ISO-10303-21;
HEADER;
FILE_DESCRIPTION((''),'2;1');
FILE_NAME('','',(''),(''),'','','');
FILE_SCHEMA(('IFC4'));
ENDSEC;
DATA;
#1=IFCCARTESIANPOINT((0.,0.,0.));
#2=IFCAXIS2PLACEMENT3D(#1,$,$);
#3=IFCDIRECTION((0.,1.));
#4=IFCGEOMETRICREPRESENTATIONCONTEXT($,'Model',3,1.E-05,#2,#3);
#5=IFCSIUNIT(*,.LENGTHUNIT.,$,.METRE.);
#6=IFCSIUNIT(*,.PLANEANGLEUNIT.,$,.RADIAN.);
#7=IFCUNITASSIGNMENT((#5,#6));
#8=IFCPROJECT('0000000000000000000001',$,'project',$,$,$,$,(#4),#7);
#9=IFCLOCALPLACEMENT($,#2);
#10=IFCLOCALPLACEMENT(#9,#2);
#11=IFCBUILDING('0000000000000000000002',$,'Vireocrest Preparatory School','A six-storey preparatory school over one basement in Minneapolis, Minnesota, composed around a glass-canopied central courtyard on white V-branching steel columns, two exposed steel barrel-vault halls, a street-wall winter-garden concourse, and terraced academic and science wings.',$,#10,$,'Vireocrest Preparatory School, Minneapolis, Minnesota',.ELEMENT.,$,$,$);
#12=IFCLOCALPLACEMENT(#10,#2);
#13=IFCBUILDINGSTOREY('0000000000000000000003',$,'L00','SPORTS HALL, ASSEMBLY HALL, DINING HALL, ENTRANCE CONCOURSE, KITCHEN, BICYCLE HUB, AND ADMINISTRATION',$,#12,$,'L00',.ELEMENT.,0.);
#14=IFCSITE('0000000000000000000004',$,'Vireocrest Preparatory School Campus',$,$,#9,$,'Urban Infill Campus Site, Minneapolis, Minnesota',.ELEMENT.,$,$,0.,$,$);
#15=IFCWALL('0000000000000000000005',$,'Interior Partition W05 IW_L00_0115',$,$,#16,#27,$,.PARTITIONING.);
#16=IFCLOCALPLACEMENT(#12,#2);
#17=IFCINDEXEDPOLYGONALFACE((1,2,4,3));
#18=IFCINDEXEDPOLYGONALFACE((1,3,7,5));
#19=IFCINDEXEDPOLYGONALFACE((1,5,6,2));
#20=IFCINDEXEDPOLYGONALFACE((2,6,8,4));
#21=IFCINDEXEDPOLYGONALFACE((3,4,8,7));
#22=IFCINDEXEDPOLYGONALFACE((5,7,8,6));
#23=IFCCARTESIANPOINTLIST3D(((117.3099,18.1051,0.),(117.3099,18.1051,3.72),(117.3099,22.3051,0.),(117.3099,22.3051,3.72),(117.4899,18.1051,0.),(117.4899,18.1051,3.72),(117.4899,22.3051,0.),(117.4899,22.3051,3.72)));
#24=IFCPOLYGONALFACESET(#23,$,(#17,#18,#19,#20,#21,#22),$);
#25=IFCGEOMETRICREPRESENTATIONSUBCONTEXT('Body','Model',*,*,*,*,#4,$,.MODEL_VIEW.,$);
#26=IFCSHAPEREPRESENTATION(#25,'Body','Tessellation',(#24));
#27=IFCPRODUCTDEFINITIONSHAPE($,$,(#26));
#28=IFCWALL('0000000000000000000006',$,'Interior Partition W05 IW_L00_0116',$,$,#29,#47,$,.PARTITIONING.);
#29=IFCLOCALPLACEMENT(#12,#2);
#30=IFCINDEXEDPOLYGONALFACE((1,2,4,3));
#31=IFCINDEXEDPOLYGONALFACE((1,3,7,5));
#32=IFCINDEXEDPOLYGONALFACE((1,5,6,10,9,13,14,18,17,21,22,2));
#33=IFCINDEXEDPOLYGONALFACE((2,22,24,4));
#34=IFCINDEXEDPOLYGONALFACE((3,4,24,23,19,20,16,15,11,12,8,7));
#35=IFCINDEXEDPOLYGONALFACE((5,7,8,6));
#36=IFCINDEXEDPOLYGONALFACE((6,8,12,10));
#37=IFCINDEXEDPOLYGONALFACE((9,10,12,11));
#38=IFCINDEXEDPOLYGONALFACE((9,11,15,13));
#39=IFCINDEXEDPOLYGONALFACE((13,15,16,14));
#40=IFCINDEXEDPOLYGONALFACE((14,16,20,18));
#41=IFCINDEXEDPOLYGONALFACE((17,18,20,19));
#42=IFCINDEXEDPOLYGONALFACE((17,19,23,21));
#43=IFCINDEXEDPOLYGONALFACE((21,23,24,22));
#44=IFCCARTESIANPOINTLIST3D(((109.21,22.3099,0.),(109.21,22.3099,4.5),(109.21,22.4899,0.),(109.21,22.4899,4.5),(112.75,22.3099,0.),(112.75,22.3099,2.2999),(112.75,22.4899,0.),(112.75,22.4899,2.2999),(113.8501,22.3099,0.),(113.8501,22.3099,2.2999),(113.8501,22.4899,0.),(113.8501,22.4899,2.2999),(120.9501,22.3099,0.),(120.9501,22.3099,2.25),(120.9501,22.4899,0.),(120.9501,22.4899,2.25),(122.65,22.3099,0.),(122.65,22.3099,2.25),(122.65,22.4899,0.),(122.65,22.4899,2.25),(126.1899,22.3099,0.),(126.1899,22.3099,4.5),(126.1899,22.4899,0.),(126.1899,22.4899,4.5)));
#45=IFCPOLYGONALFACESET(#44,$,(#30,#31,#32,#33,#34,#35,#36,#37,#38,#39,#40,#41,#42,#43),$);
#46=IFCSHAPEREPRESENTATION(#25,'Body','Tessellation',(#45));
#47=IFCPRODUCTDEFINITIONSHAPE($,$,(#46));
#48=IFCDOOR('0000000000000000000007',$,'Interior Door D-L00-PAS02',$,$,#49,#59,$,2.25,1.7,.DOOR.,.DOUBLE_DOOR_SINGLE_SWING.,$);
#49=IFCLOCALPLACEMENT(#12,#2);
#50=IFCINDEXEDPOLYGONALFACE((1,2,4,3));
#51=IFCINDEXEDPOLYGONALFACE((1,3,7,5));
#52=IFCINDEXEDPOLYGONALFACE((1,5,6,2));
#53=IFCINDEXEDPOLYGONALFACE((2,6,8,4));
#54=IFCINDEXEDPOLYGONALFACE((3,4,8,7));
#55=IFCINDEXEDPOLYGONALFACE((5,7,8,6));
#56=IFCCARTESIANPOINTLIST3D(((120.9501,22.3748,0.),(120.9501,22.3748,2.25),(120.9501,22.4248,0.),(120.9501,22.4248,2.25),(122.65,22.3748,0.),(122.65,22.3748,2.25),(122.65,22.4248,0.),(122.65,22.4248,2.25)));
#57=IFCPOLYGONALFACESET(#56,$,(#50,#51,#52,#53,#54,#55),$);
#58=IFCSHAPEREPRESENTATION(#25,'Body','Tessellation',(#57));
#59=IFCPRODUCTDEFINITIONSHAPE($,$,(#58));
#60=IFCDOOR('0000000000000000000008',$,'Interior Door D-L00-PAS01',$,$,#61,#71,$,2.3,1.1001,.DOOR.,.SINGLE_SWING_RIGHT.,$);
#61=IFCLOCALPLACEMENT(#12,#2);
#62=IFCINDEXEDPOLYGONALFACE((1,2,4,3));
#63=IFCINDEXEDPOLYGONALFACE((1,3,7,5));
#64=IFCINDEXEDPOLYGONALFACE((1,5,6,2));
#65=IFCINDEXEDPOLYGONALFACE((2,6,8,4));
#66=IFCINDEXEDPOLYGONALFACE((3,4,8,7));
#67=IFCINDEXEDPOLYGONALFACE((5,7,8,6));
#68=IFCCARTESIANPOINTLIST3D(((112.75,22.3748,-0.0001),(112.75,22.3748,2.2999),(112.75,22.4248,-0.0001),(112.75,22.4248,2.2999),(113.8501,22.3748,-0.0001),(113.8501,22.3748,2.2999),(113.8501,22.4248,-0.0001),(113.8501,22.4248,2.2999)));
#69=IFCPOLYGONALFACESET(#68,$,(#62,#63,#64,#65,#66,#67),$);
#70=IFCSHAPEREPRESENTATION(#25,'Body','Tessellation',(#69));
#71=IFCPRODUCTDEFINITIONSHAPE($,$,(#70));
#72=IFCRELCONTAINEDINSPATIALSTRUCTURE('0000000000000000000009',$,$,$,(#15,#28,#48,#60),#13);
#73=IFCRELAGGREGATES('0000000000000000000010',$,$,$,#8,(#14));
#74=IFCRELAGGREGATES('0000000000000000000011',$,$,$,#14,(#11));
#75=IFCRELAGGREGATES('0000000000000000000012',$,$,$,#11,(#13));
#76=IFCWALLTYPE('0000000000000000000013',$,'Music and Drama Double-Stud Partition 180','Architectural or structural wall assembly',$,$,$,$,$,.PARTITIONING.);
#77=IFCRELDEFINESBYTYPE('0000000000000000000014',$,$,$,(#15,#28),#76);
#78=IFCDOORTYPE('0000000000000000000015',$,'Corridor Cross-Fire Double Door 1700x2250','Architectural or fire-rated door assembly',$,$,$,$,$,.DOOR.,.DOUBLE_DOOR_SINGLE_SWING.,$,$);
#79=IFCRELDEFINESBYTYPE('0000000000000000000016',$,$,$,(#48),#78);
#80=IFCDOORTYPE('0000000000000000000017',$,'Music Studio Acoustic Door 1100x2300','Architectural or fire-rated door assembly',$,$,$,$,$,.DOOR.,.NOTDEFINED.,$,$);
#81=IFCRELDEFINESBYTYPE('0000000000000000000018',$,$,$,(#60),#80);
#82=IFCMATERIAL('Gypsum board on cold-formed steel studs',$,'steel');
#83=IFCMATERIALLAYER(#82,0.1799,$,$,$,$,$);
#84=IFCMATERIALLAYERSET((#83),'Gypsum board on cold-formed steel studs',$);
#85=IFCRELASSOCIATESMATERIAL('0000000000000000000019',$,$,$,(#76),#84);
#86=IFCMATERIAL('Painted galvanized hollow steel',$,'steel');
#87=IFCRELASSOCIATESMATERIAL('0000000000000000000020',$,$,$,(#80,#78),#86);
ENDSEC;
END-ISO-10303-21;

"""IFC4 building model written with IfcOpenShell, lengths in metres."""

from ifc_helpers import new_model, si_unit, direction, frame, frame_2d, origin, place, context, subcontext, project, spatial, rectangle, extrude, material, layer, layer_set, type_object, element, fill, save


model = new_model("IFC4")

# Units and contexts
model_context = context("Model", 3, precision=1e-05, world=origin(), true_north=direction((0.0, 1.0)))
body_context = subcontext(model_context, "Body", "Model", "MODEL_VIEW")
ifc_project = project(units=[si_unit("LENGTHUNIT", "METRE"), si_unit("PLANEANGLEUNIT", "RADIAN")], contexts=[model_context])

# Site, building, storey
site_placement = place(None, origin())
site = spatial("IfcSite", under=ifc_project, at=site_placement, Name="Vireocrest Preparatory School Campus", LongName="Urban Infill Campus Site, Minneapolis, Minnesota", CompositionType="ELEMENT", RefElevation=0.0)
building_placement = place(site_placement, origin())
building = spatial("IfcBuilding", under=site, at=building_placement, Name="Vireocrest Preparatory School", Description="A six-storey preparatory school over one basement in Minneapolis, Minnesota, composed around a glass-canopied central courtyard on white V-branching steel columns, two exposed steel barrel-vault halls, a street-wall winter-garden concourse, and terraced academic and science wings.", LongName="Vireocrest Preparatory School, Minneapolis, Minnesota", CompositionType="ELEMENT")
storey_placement = place(building_placement, origin())
storey = spatial("IfcBuildingStorey", under=building, at=storey_placement, Name="L00", Description="SPORTS HALL, ASSEMBLY HALL, DINING HALL, ENTRANCE CONCOURSE, KITCHEN, BICYCLE HUB, AND ADMINISTRATION", LongName="L00", CompositionType="ELEMENT", Elevation=0.0)

# Shared definitions
ifc_material_1 = material(Name="Gypsum board on cold-formed steel studs", Category="steel")
ifc_layer_1 = layer(ifc_material_1, 0.1799)
ifc_layer_set_1 = layer_set([ifc_layer_1], Name="Gypsum board on cold-formed steel studs")
wall_type = type_object("IfcWallType", Name="Music and Drama Double-Stud Partition 180", Description="Architectural or structural wall assembly", PredefinedType="PARTITIONING", material=ifc_layer_set_1)
ifc_material_2 = material(Name="Painted galvanized hollow steel", Category="steel")
door_type_1 = type_object("IfcDoorType", Name="Music Studio Acoustic Door 1100x2300", Description="Architectural or fire-rated door assembly", OperationType="NOTDEFINED", PredefinedType="DOOR", material=ifc_material_2)

# Wall
wall_1_placement = place(storey_placement, frame((117.3999, 18.105, 0.0), z_axis=(0.0, 0.0, 1.0), x_axis=(0.0, 1.0, 0.0)))
element("IfcWall", 1, at=wall_1_placement, inside=storey, type_object=wall_type, Name="Interior Partition W05 IW_L00_0115", PredefinedType="PARTITIONING", context=body_context, shape_type="SweptSolid", body=[
    extrude(rectangle(XDim=4.2, YDim=0.1799, at=frame_2d((2.1001, 0.0))), origin(), (0.0, 0.0, 1.0), 3.72),
])

# Wall, openings, doors
wall_2_placement = place(storey_placement, frame((109.21, 22.3999, 0.0), z_axis=(0.0, 0.0, 1.0), x_axis=(1.0, 0.0, 0.0)))
wall_2 = element("IfcWall", 2, at=wall_2_placement, inside=storey, type_object=wall_type, Name="Interior Partition W05 IW_L00_0116", PredefinedType="PARTITIONING", context=body_context, shape_type="SweptSolid", body=[
    extrude(rectangle(XDim=16.98, YDim=0.1799, at=frame_2d((8.49, 0.0))), origin(), (0.0, 0.0, 1.0), 4.5),
])
opening_1_placement = place(wall_2_placement, frame((3.54, 0.0, 0.0)))
opening_1 = element("IfcOpeningElement", 3, at=opening_1_placement, cuts=wall_2, PredefinedType="OPENING", context=body_context, shape_type="SweptSolid", body=[
    extrude(rectangle(XDim=1.1001, YDim=2.3, at=frame_2d((0.55, 1.1499))), frame((0.0, 0.0999, 0.0), z_axis=(0.0, -1.0, 0.0), x_axis=(1.0, 0.0, 0.0)), (0.0, 0.0, 1.0), 0.2),
])
opening_2_placement = place(wall_2_placement, frame((11.74, 0.0, 0.0)))
opening_2 = element("IfcOpeningElement", 4, at=opening_2_placement, cuts=wall_2, PredefinedType="OPENING", context=body_context, shape_type="SweptSolid", body=[
    extrude(rectangle(XDim=1.7, YDim=2.25, at=frame_2d((0.8501, 1.125))), frame((0.0, 0.0999, 0.0), z_axis=(0.0, -1.0, 0.0), x_axis=(1.0, 0.0, 0.0)), (0.0, 0.0, 1.0), 0.2),
])
door_type_2 = type_object("IfcDoorType", Name="Corridor Cross-Fire Double Door 1700x2250", Description="Architectural or fire-rated door assembly", OperationType="DOUBLE_DOOR_SINGLE_SWING", PredefinedType="DOOR", material=ifc_material_2)
door_1_placement = place(opening_2_placement, origin())
door_1 = element("IfcDoor", 5, at=door_1_placement, inside=storey, type_object=door_type_2, Name="Interior Door D-L00-PAS02", OperationType="DOUBLE_DOOR_SINGLE_SWING", OverallHeight=2.25, OverallWidth=1.7, PredefinedType="DOOR", context=body_context, shape_type="SweptSolid", body=[
    extrude(rectangle(XDim=1.7, YDim=2.25, at=frame_2d((0.8501, 1.125))), frame((0.0, 0.0249, 0.0), z_axis=(0.0, -1.0, 0.0), x_axis=(1.0, 0.0, 0.0)), (0.0, 0.0, 1.0), 0.05),
])
fill(opening_2, door_1)
door_2_placement = place(opening_1_placement, origin())
door_2 = element("IfcDoor", 6, at=door_2_placement, inside=storey, type_object=door_type_1, Name="Interior Door D-L00-PAS01", OperationType="SINGLE_SWING_RIGHT", OverallHeight=2.3, OverallWidth=1.1001, PredefinedType="DOOR", context=body_context, shape_type="SweptSolid", body=[
    extrude(rectangle(XDim=1.1001, YDim=2.3, at=frame_2d((0.55, 1.1499))), frame((0.0, 0.0249, 0.0), z_axis=(0.0, -1.0, 0.0), x_axis=(1.0, 0.0, 0.0)), (0.0, 0.0, 1.0), 0.05),
])
fill(opening_1, door_2)

save(model, "model.ifc")
